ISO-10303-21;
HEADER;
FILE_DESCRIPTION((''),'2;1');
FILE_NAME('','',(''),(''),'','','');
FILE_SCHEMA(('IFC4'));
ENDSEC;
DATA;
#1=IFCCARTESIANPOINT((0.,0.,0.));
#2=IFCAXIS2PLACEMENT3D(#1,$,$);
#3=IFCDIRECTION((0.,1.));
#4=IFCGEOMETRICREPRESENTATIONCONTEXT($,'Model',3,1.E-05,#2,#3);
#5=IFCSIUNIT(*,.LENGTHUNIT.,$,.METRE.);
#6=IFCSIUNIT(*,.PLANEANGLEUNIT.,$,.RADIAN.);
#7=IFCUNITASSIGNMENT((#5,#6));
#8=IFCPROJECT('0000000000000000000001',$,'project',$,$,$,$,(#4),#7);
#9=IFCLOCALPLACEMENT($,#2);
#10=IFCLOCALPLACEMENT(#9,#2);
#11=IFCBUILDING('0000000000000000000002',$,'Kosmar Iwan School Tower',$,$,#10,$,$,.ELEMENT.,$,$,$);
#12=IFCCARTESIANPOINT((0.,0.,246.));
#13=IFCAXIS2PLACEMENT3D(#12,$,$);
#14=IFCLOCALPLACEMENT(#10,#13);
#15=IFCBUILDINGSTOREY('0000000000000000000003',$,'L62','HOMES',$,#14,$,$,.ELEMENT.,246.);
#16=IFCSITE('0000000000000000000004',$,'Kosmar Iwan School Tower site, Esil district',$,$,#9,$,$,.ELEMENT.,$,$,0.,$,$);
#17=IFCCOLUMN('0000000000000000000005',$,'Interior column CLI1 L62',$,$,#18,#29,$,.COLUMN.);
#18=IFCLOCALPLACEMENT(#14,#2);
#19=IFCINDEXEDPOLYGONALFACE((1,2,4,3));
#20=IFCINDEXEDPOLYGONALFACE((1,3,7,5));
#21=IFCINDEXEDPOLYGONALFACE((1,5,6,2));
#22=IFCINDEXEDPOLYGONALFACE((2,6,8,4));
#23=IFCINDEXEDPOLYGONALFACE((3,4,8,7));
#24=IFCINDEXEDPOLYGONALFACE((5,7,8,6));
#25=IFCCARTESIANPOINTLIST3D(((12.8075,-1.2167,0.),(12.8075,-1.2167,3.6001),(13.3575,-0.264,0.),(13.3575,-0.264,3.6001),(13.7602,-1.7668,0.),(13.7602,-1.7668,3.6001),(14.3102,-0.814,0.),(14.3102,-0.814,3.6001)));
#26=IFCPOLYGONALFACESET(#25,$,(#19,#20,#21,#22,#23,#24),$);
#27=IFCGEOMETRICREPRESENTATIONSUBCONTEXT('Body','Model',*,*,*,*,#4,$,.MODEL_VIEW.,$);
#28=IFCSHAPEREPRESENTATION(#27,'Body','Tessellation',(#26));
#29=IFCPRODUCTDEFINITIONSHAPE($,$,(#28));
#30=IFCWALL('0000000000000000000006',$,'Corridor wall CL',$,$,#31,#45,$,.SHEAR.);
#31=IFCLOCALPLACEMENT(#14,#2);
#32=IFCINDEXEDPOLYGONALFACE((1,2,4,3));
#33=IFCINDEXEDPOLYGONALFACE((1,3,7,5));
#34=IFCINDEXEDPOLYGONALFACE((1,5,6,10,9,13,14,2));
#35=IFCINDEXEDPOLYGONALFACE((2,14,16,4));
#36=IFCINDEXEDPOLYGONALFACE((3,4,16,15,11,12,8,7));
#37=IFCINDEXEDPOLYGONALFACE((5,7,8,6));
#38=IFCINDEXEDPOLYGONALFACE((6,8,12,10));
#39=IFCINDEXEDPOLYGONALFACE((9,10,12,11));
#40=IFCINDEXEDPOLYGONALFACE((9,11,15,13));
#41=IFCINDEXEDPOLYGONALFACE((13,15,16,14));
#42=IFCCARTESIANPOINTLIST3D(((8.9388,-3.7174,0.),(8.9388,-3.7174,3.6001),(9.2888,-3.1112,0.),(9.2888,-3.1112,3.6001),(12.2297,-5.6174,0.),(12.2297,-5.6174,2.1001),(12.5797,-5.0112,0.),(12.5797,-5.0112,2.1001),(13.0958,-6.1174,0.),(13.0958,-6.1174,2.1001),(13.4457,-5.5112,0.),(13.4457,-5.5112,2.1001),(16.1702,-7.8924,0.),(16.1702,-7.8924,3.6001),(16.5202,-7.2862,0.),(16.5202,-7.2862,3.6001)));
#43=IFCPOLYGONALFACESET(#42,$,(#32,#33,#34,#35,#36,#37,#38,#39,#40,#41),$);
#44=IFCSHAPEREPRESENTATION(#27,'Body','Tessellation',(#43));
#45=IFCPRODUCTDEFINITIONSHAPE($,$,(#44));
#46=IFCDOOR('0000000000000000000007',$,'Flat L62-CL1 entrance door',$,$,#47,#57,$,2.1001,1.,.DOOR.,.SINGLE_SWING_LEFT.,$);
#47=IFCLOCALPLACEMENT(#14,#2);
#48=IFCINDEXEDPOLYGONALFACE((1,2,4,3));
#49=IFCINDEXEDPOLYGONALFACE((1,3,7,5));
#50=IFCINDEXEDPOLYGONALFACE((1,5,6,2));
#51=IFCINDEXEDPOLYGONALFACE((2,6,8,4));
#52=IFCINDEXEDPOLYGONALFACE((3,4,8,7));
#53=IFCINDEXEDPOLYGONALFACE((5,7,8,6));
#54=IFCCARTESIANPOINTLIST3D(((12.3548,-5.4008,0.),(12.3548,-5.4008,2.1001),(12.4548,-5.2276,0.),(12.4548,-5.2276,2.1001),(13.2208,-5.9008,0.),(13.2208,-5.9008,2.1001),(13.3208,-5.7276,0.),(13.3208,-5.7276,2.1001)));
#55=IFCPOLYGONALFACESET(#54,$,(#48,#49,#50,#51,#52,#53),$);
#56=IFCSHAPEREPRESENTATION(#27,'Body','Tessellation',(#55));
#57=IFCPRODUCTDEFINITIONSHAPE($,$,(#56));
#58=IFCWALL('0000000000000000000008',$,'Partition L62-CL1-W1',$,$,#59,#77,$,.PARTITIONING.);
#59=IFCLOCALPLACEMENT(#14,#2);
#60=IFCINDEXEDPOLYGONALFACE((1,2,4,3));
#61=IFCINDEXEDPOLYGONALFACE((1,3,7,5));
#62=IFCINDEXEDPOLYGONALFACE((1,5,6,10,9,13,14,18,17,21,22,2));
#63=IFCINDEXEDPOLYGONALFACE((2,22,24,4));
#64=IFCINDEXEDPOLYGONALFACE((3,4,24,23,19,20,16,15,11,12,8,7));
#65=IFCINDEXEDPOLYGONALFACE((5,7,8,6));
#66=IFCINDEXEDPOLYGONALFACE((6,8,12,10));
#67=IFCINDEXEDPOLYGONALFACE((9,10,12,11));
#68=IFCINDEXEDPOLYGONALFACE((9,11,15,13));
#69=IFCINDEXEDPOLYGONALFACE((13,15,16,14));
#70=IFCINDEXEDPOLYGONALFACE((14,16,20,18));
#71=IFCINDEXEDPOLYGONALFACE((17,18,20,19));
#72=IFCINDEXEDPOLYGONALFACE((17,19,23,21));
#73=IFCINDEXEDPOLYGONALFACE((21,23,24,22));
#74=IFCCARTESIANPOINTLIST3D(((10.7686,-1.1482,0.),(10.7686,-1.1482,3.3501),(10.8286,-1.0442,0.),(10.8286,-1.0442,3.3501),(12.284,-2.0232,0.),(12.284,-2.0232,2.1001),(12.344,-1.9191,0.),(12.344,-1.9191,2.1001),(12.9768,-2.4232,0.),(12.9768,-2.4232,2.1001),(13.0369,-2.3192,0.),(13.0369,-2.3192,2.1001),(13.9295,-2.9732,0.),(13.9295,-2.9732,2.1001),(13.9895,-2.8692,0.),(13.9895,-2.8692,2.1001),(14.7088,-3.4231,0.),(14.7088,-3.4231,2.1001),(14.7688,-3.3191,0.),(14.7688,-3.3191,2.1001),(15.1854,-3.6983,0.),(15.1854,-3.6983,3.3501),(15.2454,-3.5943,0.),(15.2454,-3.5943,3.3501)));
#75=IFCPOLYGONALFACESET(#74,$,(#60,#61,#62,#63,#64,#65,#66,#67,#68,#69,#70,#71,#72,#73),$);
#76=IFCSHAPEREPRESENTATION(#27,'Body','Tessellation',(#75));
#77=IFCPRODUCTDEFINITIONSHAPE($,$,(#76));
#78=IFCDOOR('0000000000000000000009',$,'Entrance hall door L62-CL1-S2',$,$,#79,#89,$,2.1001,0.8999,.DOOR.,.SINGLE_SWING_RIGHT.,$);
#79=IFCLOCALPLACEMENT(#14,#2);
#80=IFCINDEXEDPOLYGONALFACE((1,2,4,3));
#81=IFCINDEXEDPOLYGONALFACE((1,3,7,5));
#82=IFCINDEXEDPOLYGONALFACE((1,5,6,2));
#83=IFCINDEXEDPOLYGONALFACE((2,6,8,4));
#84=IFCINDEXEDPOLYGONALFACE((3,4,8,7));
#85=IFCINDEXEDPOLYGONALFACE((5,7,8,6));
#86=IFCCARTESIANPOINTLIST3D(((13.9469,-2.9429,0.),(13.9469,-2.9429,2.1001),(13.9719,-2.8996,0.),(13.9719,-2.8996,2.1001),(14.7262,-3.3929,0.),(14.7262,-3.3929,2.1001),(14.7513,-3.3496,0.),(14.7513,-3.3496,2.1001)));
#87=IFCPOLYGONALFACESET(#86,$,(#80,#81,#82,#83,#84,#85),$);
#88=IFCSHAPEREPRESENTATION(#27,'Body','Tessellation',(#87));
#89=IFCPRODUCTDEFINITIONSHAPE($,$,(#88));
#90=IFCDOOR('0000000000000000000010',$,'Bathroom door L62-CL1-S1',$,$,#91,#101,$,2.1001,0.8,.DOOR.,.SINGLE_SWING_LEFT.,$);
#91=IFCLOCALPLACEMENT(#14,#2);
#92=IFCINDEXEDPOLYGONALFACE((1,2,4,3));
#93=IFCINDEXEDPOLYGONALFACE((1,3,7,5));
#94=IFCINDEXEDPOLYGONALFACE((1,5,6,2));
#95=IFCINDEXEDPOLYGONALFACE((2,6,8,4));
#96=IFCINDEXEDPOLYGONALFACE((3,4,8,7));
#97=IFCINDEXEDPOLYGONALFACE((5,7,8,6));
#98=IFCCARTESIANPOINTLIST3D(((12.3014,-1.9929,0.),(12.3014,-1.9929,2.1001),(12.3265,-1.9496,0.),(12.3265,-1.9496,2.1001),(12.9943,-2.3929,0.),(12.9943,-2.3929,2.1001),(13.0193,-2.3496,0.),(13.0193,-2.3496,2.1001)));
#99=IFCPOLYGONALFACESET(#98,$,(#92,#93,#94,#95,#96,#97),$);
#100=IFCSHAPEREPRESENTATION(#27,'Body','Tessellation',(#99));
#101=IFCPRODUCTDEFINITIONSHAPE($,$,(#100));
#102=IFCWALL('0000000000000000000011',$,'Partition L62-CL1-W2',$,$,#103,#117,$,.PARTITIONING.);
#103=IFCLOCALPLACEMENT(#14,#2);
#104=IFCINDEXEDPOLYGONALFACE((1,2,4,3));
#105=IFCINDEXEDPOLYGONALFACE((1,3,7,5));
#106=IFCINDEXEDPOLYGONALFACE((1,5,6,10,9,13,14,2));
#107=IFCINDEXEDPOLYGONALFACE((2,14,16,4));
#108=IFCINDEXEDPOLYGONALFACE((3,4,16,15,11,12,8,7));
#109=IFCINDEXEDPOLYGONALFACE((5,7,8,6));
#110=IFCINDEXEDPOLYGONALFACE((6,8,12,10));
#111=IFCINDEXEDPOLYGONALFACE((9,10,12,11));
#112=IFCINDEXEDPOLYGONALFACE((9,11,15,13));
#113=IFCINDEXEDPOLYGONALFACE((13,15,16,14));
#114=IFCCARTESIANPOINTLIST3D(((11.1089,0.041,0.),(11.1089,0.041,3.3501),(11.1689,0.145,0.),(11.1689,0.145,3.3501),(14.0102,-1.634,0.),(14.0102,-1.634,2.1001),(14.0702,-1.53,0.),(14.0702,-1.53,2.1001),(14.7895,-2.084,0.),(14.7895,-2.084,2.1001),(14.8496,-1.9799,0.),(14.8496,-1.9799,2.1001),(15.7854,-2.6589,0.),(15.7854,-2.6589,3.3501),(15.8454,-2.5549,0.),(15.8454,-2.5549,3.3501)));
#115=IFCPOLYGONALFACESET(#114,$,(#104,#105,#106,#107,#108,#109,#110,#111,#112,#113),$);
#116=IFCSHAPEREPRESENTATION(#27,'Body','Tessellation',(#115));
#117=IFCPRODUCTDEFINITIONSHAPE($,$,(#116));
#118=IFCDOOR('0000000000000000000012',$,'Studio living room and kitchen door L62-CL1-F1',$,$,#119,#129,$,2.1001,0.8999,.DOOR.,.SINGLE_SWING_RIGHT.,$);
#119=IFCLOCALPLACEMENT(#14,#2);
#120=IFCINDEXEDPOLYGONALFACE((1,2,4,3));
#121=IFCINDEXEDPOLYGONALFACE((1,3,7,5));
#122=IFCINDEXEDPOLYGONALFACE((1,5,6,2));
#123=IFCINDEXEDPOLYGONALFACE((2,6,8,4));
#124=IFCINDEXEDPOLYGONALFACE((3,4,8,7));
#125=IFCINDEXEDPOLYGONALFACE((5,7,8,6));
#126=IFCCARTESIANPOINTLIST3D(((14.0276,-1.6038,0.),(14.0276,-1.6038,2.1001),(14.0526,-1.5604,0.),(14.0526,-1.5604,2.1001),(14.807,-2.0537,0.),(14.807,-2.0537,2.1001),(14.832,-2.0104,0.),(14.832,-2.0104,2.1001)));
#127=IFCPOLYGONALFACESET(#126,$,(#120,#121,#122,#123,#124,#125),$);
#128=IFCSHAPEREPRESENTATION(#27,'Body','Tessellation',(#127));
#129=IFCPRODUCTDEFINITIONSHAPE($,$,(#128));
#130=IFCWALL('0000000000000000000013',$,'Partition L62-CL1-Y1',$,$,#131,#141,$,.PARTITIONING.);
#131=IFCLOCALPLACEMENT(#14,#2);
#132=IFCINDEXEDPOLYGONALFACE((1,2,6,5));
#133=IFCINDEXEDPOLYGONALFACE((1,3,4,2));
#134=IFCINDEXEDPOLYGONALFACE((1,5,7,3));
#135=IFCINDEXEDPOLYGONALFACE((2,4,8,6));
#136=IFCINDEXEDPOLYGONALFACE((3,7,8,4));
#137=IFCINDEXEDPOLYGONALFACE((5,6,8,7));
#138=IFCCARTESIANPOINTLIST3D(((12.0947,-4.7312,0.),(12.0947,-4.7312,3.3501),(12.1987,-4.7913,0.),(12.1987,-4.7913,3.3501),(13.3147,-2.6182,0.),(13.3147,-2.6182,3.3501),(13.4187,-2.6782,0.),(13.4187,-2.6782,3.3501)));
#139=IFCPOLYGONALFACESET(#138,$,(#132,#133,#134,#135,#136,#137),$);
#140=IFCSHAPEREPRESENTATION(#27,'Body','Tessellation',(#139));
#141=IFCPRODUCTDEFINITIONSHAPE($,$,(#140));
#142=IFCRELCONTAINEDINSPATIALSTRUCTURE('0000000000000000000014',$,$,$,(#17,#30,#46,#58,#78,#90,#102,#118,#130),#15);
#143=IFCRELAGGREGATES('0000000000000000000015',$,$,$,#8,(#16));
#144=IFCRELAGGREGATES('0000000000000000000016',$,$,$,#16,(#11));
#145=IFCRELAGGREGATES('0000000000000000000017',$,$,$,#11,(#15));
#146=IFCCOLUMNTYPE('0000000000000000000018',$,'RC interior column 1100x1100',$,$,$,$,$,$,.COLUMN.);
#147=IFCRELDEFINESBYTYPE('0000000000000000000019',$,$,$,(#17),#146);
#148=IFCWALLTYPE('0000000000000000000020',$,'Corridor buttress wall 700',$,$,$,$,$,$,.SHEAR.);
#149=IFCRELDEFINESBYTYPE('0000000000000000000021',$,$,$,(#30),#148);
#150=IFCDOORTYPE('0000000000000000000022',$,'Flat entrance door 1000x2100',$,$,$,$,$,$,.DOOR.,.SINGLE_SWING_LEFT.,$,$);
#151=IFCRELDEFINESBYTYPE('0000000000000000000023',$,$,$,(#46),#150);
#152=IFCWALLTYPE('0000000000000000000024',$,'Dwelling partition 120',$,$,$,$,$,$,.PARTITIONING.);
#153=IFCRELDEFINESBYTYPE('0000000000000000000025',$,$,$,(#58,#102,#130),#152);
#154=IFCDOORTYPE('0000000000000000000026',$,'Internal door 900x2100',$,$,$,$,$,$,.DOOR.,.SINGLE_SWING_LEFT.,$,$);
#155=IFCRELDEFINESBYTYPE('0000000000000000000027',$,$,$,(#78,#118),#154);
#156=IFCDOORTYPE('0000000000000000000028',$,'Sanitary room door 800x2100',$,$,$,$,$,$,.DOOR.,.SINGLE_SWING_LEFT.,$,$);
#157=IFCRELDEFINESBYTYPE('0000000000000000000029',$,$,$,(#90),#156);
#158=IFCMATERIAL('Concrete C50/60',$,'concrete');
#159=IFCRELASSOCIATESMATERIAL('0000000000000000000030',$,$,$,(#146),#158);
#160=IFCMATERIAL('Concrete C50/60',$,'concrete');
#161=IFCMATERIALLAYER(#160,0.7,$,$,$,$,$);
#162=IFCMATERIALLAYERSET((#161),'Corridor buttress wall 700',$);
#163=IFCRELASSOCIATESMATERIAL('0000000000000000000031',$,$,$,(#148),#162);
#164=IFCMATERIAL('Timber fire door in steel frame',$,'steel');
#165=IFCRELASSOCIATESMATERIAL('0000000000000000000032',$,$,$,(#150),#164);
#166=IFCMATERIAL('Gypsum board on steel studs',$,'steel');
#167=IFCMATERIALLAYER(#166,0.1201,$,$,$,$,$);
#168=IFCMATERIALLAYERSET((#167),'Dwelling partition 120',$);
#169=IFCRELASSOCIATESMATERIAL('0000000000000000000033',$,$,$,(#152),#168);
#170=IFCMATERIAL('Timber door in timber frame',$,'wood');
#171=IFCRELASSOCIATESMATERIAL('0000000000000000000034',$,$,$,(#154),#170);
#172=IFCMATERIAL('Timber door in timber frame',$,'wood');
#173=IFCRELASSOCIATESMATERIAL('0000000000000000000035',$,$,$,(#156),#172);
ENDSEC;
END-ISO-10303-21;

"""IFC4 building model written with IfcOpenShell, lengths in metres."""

from ifc_helpers import new_model, si_unit, direction, frame, frame_2d, origin, origin_2d, place, context, subcontext, project, spatial, rectangle, extrude, material, layer, layer_set, material_profile, profile_set, type_object, element, fill, save


model = new_model("IFC4")

# Units and contexts
model_context = context("Model", 3, precision=1e-05, world=origin(), true_north=direction((0.0, 1.0)))
body_context = subcontext(model_context, "Body", "Model", "MODEL_VIEW")
ifc_project = project(units=[si_unit("LENGTHUNIT", "METRE"), si_unit("PLANEANGLEUNIT", "RADIAN")], contexts=[model_context])

# Site, building, storey
site_placement = place(None, origin())
site = spatial("IfcSite", under=ifc_project, at=site_placement, Name="Kosmar Iwan School Tower site, Esil district", CompositionType="ELEMENT", RefElevation=0.0)
building_placement = place(site_placement, origin())
building = spatial("IfcBuilding", under=site, at=building_placement, Name="Kosmar Iwan School Tower", CompositionType="ELEMENT")
storey_placement = place(building_placement, frame((0.0, 0.0, 246.0)))
storey = spatial("IfcBuildingStorey", under=building, at=storey_placement, Name="L62", Description="HOMES", CompositionType="ELEMENT", Elevation=246.0)

# Column
ifc_material_1 = material(Name="Concrete C50/60", Category="concrete")
ifc_material_profile = material_profile(ifc_material_1, rectangle(XDim=1.1001, YDim=1.1001, at=origin_2d()), Name="RC 1100x1100")
ifc_profile_set = profile_set([ifc_material_profile], Name="Concrete C50/60")
column_type = type_object("IfcColumnType", Name="RC interior column 1100x1100", PredefinedType="COLUMN", material=ifc_profile_set)
column_placement = place(storey_placement, frame((13.5588, -1.0154, 0.0), z_axis=(0.0, 0.0, 1.0), x_axis=(0.866025, -0.5, 0.0)))
element("IfcColumn", 1, at=column_placement, inside=storey, type_object=column_type, Name="Interior column CLI1 L62", PredefinedType="COLUMN", context=body_context, shape_type="SweptSolid", body=[
    extrude(rectangle(XDim=1.1001, YDim=1.1001, at=origin_2d()), origin(), (0.0, 0.0, 1.0), 3.6001),
])

# Wall, opening, door
ifc_material_2 = material(Name="Concrete C50/60", Category="concrete")
ifc_layer_1 = layer(ifc_material_2, 0.7)
ifc_layer_set_1 = layer_set([ifc_layer_1], Name="Corridor buttress wall 700")
wall_type_1 = type_object("IfcWallType", Name="Corridor buttress wall 700", PredefinedType="SHEAR", material=ifc_layer_set_1)
wall_1_placement = place(storey_placement, frame((9.1138, -3.4143, 0.0), z_axis=(0.0, 0.0, 1.0), x_axis=(0.866027, -0.499997, 0.0)))
wall_1 = element("IfcWall", 2, at=wall_1_placement, inside=storey, type_object=wall_type_1, Name="Corridor wall CL", PredefinedType="SHEAR", context=body_context, shape_type="SweptSolid", body=[
    extrude(rectangle(XDim=8.3501, YDim=0.7, at=frame_2d((4.175, 0.0))), origin(), (0.0, 0.0, 1.0), 3.6001),
])
opening_1_placement = place(wall_1_placement, frame((3.8, 0.0, 0.0)))
opening_1 = element("IfcOpeningElement", 3, at=opening_1_placement, cuts=wall_1, PredefinedType="OPENING", context=body_context, shape_type="SweptSolid", body=[
    extrude(rectangle(XDim=1.0, YDim=2.1001, at=frame_2d((0.5, 1.05))), frame((0.0, 0.3621, 0.0), z_axis=(0.0, -1.0, 0.0), x_axis=(1.0, 0.0, 0.0)), (0.0, 0.0, 1.0), 0.7239),
])
ifc_material_3 = material(Name="Timber fire door in steel frame", Category="steel")
door_type_1 = type_object("IfcDoorType", Name="Flat entrance door 1000x2100", OperationType="SINGLE_SWING_LEFT", PredefinedType="DOOR", material=ifc_material_3)
door_1_placement = place(opening_1_placement, origin())
door_1 = element("IfcDoor", 4, at=door_1_placement, inside=storey, type_object=door_type_1, Name="Flat L62-CL1 entrance door", OperationType="SINGLE_SWING_LEFT", OverallHeight=2.1001, OverallWidth=1.0, PredefinedType="DOOR", context=body_context, shape_type="SweptSolid", body=[
    extrude(rectangle(XDim=1.0, YDim=2.1001, at=frame_2d((0.5, 1.05))), frame((0.0, 0.1001, 0.0), z_axis=(0.0, -1.0, 0.0), x_axis=(1.0, 0.0, 0.0)), (0.0, 0.0, 1.0), 0.2),
])
fill(opening_1, door_1)

# Wall, openings, doors
ifc_material_4 = material(Name="Gypsum board on steel studs", Category="steel")
ifc_layer_2 = layer(ifc_material_4, 0.1201)
ifc_layer_set_2 = layer_set([ifc_layer_2], Name="Dwelling partition 120")
wall_type_2 = type_object("IfcWallType", Name="Dwelling partition 120", PredefinedType="PARTITIONING", material=ifc_layer_set_2)
wall_2_placement = place(storey_placement, frame((10.7986, -1.0962, 0.0), z_axis=(0.0, 0.0, 1.0), x_axis=(0.866022, -0.500006, 0.0)))
wall_2 = element("IfcWall", 5, at=wall_2_placement, inside=storey, type_object=wall_type_2, Name="Partition L62-CL1-W1", PredefinedType="PARTITIONING", context=body_context, shape_type="SweptSolid", body=[
    extrude(rectangle(XDim=5.1001, YDim=0.1201, at=frame_2d((2.55, 0.0))), origin(), (0.0, 0.0, 1.0), 3.3501),
])
opening_2_placement = place(wall_2_placement, frame((1.75, 0.0, 0.0)))
opening_2 = element("IfcOpeningElement", 6, at=opening_2_placement, cuts=wall_2, PredefinedType="OPENING", context=body_context, shape_type="SweptSolid", body=[
    extrude(rectangle(XDim=0.8, YDim=2.1001, at=frame_2d((0.3999, 1.05))), frame((0.0, 0.072, 0.0), z_axis=(0.0, -1.0, 0.0), x_axis=(1.0, 0.0, 0.0)), (0.0, 0.0, 1.0), 0.144),
])
opening_3_placement = place(wall_2_placement, frame((3.6499, 0.0, 0.0)))
opening_3 = element("IfcOpeningElement", 7, at=opening_3_placement, cuts=wall_2, PredefinedType="OPENING", context=body_context, shape_type="SweptSolid", body=[
    extrude(rectangle(XDim=0.8999, YDim=2.1001, at=frame_2d((0.45, 1.05))), frame((0.0, 0.072, 0.0), z_axis=(0.0, -1.0, 0.0), x_axis=(1.0, 0.0, 0.0)), (0.0, 0.0, 1.0), 0.144),
])
ifc_material_5 = material(Name="Timber door in timber frame", Category="wood")
door_type_2 = type_object("IfcDoorType", Name="Internal door 900x2100", OperationType="SINGLE_SWING_LEFT", PredefinedType="DOOR", material=ifc_material_5)
door_2_placement = place(opening_3_placement, origin())
door_2 = element("IfcDoor", 8, at=door_2_placement, inside=storey, type_object=door_type_2, Name="Entrance hall door L62-CL1-S2", OperationType="SINGLE_SWING_RIGHT", OverallHeight=2.1001, OverallWidth=0.8999, PredefinedType="DOOR", context=body_context, shape_type="SweptSolid", body=[
    extrude(rectangle(XDim=0.8999, YDim=2.1001, at=frame_2d((0.45, 1.05))), frame((0.0, 0.0249, 0.0), z_axis=(0.0, -1.0, 0.0), x_axis=(1.0, 0.0, 0.0)), (0.0, 0.0, 1.0), 0.05),
])
fill(opening_3, door_2)
ifc_material_6 = material(Name="Timber door in timber frame", Category="wood")
door_type_3 = type_object("IfcDoorType", Name="Sanitary room door 800x2100", OperationType="SINGLE_SWING_LEFT", PredefinedType="DOOR", material=ifc_material_6)
door_3_placement = place(opening_2_placement, origin())
door_3 = element("IfcDoor", 9, at=door_3_placement, inside=storey, type_object=door_type_3, Name="Bathroom door L62-CL1-S1", OperationType="SINGLE_SWING_LEFT", OverallHeight=2.1001, OverallWidth=0.8, PredefinedType="DOOR", context=body_context, shape_type="SweptSolid", body=[
    extrude(rectangle(XDim=0.8, YDim=2.1001, at=frame_2d((0.3999, 1.05))), frame((0.0, 0.0249, 0.0), z_axis=(0.0, -1.0, 0.0), x_axis=(1.0, 0.0, 0.0)), (0.0, 0.0, 1.0), 0.05),
])
fill(opening_2, door_3)

# Wall, opening, door
wall_3_placement = place(storey_placement, frame((11.1389, 0.093, 0.0), z_axis=(0.0, 0.0, 1.0), x_axis=(0.866028, -0.499995, 0.0)))
wall_3 = element("IfcWall", 10, at=wall_3_placement, inside=storey, type_object=wall_type_2, Name="Partition L62-CL1-W2", PredefinedType="PARTITIONING", context=body_context, shape_type="SweptSolid", body=[
    extrude(rectangle(XDim=5.3999, YDim=0.1201, at=frame_2d((2.7, 0.0))), origin(), (0.0, 0.0, 1.0), 3.3501),
])
opening_4_placement = place(wall_3_placement, frame((3.3501, 0.0, 0.0)))
opening_4 = element("IfcOpeningElement", 11, at=opening_4_placement, cuts=wall_3, PredefinedType="OPENING", context=body_context, shape_type="SweptSolid", body=[
    extrude(rectangle(XDim=0.8999, YDim=2.1001, at=frame_2d((0.45, 1.05))), frame((0.0, 0.072, 0.0), z_axis=(0.0, -1.0, 0.0), x_axis=(1.0, 0.0, 0.0)), (0.0, 0.0, 1.0), 0.144),
])
door_4_placement = place(opening_4_placement, origin())
door_4 = element("IfcDoor", 12, at=door_4_placement, inside=storey, type_object=door_type_2, Name="Studio living room and kitchen door L62-CL1-F1", OperationType="SINGLE_SWING_RIGHT", OverallHeight=2.1001, OverallWidth=0.8999, PredefinedType="DOOR", context=body_context, shape_type="SweptSolid", body=[
    extrude(rectangle(XDim=0.8999, YDim=2.1001, at=frame_2d((0.45, 1.05))), frame((0.0, 0.0249, 0.0), z_axis=(0.0, -1.0, 0.0), x_axis=(1.0, 0.0, 0.0)), (0.0, 0.0, 1.0), 0.05),
])
fill(opening_4, door_4)

# Wall
wall_4_placement = place(storey_placement, frame((12.1467, -4.7612, 0.0), z_axis=(0.0, 0.0, 1.0), x_axis=(0.500003, 0.866024, 0.0)))
element("IfcWall", 13, at=wall_4_placement, inside=storey, type_object=wall_type_2, Name="Partition L62-CL1-Y1", PredefinedType="PARTITIONING", context=body_context, shape_type="SweptSolid", body=[
    extrude(rectangle(XDim=2.4399, YDim=0.1201, at=frame_2d((1.22, 0.0))), origin(), (0.0, 0.0, 1.0), 3.3501),
])

save(model, "model.ifc")
